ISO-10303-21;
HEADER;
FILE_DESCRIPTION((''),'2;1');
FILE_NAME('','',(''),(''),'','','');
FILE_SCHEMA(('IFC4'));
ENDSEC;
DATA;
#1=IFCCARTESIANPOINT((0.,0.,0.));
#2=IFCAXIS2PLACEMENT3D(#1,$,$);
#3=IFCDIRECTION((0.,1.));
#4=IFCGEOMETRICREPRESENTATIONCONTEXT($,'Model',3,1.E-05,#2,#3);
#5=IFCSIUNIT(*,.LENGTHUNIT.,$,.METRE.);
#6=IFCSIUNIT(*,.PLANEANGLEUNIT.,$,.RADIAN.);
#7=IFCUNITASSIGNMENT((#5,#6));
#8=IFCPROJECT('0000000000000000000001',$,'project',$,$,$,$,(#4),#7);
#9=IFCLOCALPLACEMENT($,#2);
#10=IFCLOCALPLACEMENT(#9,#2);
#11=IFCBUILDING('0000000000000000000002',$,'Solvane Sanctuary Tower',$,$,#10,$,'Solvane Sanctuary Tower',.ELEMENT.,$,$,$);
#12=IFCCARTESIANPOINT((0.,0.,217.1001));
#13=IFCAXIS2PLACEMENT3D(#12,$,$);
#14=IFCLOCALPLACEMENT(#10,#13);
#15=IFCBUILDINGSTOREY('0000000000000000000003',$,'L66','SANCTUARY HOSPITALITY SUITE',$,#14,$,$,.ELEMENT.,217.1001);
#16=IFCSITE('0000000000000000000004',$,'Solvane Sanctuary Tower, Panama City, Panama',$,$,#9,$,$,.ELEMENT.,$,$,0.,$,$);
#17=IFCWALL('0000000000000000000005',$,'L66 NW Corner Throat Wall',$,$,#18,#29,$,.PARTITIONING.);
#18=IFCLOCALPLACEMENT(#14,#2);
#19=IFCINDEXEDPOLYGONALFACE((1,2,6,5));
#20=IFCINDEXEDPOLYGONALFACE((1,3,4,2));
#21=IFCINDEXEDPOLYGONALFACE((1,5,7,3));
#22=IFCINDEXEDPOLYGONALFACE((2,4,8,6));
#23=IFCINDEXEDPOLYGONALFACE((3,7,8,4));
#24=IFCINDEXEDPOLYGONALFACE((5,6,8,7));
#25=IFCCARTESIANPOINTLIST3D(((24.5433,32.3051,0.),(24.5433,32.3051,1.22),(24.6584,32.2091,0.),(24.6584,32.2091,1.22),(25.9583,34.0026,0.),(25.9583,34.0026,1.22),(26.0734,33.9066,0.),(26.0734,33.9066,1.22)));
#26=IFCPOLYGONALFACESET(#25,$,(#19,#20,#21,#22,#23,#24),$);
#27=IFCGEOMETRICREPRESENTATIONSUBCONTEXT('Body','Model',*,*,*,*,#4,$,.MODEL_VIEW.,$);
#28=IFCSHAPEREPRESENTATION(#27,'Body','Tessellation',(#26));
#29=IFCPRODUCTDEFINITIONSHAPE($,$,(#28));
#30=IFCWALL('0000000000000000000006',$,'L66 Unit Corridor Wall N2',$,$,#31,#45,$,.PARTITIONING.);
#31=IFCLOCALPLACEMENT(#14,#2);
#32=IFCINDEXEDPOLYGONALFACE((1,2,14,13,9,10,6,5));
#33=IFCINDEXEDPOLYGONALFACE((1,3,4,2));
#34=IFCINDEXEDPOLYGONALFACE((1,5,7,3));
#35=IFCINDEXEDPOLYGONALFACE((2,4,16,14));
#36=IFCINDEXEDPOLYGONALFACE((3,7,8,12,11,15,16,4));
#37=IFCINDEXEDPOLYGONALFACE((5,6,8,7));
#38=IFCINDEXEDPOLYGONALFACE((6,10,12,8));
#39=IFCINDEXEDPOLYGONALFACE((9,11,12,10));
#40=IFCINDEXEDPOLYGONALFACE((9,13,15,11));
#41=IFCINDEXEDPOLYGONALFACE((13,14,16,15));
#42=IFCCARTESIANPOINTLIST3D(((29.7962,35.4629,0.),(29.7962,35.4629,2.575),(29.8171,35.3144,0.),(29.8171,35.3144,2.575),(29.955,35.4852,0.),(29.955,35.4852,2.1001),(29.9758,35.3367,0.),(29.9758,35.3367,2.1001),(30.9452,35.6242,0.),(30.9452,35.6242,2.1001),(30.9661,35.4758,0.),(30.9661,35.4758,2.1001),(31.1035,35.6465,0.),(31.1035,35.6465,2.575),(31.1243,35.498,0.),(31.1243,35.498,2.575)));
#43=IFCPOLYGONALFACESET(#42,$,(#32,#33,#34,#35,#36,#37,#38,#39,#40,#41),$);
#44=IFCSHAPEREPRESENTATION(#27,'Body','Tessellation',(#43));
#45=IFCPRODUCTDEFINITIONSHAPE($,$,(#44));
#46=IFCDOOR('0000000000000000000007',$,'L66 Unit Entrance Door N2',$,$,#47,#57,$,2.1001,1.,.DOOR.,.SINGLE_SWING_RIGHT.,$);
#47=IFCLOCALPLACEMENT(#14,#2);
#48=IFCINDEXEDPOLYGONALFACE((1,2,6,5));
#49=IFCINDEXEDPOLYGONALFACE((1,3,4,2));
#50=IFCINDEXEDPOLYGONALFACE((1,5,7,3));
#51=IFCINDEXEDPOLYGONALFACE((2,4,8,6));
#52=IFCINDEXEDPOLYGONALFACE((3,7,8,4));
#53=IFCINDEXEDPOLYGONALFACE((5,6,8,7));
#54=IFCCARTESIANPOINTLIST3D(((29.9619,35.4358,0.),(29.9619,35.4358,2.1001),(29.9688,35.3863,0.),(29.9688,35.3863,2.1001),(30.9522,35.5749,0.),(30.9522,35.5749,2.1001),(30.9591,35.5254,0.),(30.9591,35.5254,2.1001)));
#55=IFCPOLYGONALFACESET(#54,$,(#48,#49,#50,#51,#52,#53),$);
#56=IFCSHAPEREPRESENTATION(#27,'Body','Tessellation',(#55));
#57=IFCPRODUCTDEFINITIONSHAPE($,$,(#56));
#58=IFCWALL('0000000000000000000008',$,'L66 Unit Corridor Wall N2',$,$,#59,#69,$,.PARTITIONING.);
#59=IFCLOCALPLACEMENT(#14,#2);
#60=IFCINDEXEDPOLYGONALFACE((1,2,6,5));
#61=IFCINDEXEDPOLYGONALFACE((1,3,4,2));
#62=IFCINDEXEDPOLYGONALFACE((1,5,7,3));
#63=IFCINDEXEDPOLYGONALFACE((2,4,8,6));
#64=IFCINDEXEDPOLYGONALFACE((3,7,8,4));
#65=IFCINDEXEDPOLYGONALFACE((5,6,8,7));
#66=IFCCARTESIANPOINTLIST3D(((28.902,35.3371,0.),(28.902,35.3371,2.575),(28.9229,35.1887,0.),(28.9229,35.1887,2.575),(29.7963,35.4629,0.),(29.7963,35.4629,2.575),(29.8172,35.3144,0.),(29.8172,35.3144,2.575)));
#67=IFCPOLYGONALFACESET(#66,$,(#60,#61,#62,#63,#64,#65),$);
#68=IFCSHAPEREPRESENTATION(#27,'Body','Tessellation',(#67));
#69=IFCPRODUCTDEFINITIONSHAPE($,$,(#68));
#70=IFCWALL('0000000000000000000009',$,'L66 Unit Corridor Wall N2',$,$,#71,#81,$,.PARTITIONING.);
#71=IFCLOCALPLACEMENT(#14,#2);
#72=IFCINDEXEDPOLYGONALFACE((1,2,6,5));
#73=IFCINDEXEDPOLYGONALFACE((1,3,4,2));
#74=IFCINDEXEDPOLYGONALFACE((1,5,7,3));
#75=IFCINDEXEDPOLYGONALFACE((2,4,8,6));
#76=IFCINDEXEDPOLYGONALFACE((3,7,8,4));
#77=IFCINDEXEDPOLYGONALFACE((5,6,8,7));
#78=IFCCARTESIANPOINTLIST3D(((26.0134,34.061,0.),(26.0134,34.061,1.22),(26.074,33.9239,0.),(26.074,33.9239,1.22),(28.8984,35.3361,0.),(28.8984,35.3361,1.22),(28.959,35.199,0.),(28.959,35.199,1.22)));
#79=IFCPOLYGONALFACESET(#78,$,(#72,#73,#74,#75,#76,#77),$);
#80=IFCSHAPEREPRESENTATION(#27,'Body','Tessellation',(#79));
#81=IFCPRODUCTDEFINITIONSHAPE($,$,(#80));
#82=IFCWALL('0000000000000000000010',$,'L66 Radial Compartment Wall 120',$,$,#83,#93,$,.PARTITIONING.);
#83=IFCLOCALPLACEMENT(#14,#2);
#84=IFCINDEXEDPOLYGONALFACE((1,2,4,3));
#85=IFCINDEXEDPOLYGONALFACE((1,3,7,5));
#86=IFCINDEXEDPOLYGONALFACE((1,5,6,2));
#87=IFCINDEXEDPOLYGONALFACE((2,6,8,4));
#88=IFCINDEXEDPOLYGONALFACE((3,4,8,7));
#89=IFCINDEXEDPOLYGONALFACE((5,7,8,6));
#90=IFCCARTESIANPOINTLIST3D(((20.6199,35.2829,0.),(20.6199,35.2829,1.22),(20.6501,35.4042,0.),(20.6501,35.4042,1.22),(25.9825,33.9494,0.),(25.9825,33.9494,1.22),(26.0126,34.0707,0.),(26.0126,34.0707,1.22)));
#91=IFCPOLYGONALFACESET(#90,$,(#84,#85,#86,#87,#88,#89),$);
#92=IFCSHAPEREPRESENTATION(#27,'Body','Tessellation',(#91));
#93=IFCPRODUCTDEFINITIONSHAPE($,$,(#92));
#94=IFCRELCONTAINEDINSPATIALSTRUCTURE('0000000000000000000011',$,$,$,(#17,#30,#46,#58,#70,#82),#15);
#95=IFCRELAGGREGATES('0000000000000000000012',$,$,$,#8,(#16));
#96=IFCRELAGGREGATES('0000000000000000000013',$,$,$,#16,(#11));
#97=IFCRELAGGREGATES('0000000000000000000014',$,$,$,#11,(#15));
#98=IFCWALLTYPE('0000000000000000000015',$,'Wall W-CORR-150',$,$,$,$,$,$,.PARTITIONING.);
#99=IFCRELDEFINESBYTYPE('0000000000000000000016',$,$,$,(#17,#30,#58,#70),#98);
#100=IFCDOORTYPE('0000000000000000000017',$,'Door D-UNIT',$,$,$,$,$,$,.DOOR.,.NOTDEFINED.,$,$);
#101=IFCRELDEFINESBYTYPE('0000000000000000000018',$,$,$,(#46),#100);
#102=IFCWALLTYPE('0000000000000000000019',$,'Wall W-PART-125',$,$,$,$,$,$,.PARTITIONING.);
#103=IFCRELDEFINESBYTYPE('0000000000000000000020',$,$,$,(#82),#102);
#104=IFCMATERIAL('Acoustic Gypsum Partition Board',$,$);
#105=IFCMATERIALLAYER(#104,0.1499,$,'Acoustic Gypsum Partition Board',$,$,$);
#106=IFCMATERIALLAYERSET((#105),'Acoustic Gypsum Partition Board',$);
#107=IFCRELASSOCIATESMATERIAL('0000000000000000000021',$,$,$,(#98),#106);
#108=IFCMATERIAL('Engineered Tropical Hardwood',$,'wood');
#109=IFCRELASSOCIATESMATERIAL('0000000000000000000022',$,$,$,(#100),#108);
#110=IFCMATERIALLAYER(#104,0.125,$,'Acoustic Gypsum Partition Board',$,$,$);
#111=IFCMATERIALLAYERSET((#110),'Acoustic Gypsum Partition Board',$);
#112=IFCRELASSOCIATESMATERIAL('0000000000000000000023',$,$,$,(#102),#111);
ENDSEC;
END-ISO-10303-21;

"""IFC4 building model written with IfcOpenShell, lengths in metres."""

from ifc_helpers import new_model, si_unit, direction, frame, frame_2d, origin, place, context, subcontext, project, spatial, rectangle, extrude, material, layer, layer_set, type_object, element, fill, save


model = new_model("IFC4")

# Units and contexts
model_context = context("Model", 3, precision=1e-05, world=origin(), true_north=direction((0.0, 1.0)))
body_context = subcontext(model_context, "Body", "Model", "MODEL_VIEW")
ifc_project = project(units=[si_unit("LENGTHUNIT", "METRE"), si_unit("PLANEANGLEUNIT", "RADIAN")], contexts=[model_context])

# Site, building, storey
site_placement = place(None, origin())
site = spatial("IfcSite", under=ifc_project, at=site_placement, Name="Solvane Sanctuary Tower, Panama City, Panama", CompositionType="ELEMENT", RefElevation=0.0)
building_placement = place(site_placement, origin())
building = spatial("IfcBuilding", under=site, at=building_placement, Name="Solvane Sanctuary Tower", LongName="Solvane Sanctuary Tower", CompositionType="ELEMENT")
storey_placement = place(building_placement, frame((0.0, 0.0, 217.1001)))
storey = spatial("IfcBuildingStorey", under=building, at=storey_placement, Name="L66", Description="SANCTUARY HOSPITALITY SUITE", CompositionType="ELEMENT", Elevation=217.1001)

# Shared definitions
ifc_material_1 = material(Name="Acoustic Gypsum Partition Board")
ifc_layer_1 = layer(ifc_material_1, 0.1499, Name="Acoustic Gypsum Partition Board")
ifc_layer_set_1 = layer_set([ifc_layer_1], Name="Acoustic Gypsum Partition Board")
wall_type_1 = type_object("IfcWallType", Name="Wall W-CORR-150", PredefinedType="PARTITIONING", material=ifc_layer_set_1)

# Shared definitions
ifc_material_2 = material(Name="Engineered Tropical Hardwood", Category="wood")

# Wall
wall_1_placement = place(storey_placement, frame((26.0159, 33.9546, 0.0), z_axis=(0.0, 0.0, 1.0), x_axis=(-0.640304, -0.768122, 0.0)))
element("IfcWall", 1, at=wall_1_placement, inside=storey, type_object=wall_type_1, Name="L66 NW Corner Throat Wall", PredefinedType="PARTITIONING", context=body_context, shape_type="SweptSolid", body=[
    extrude(rectangle(XDim=2.21, YDim=0.1499, at=frame_2d((1.105, 0.0))), origin(), (0.0, 0.0, 1.0), 1.22),
])

# Wall, opening, door
wall_2_placement = place(storey_placement, frame((31.114, 35.5723, 0.0), z_axis=(0.0, 0.0, 1.0), x_axis=(-0.99028, -0.13909, 0.0)))
wall_2 = element("IfcWall", 2, at=wall_2_placement, inside=storey, type_object=wall_type_1, Name="L66 Unit Corridor Wall N2", PredefinedType="PARTITIONING", context=body_context, shape_type="SweptSolid", body=[
    extrude(rectangle(XDim=1.3201, YDim=0.1499, at=frame_2d((0.6602, 0.0))), origin(), (0.0, 0.0, 1.0), 2.575),
])
opening_1_placement = place(wall_2_placement, frame((0.1599, 0.0, 0.0)))
opening_1 = element("IfcOpeningElement", 3, at=opening_1_placement, cuts=wall_2, PredefinedType="OPENING", context=body_context, shape_type="SweptSolid", body=[
    extrude(rectangle(XDim=1.0, YDim=2.1001, at=frame_2d((0.5, 1.05))), frame((0.0, 0.085, 0.0), z_axis=(0.0, -1.0, 0.0), x_axis=(1.0, 0.0, 0.0)), (0.0, 0.0, 1.0), 0.1699),
])
door_type_1 = type_object("IfcDoorType", Name="Door D-UNIT", OperationType="NOTDEFINED", PredefinedType="DOOR", material=ifc_material_2)
door_1_placement = place(opening_1_placement, origin())
door_1 = element("IfcDoor", 4, at=door_1_placement, inside=storey, type_object=door_type_1, Name="L66 Unit Entrance Door N2", OperationType="SINGLE_SWING_RIGHT", OverallHeight=2.1001, OverallWidth=1.0, PredefinedType="DOOR", context=body_context, shape_type="SweptSolid", body=[
    extrude(rectangle(XDim=1.0, YDim=2.1001, at=frame_2d((0.5, 1.05))), frame((0.0, 0.0249, 0.0), z_axis=(0.0, -1.0, 0.0), x_axis=(1.0, 0.0, 0.0)), (0.0, 0.0, 1.0), 0.05),
])
fill(opening_1, door_1)

# Walls
wall_3_placement = place(storey_placement, frame((29.8069, 35.3887, 0.0), z_axis=(0.0, 0.0, 1.0), x_axis=(-0.990261, -0.139226, 0.0)))
element("IfcWall", 5, at=wall_3_placement, inside=storey, type_object=wall_type_1, Name="L66 Unit Corridor Wall N2", PredefinedType="PARTITIONING", context=body_context, shape_type="SweptSolid", body=[
    extrude(rectangle(XDim=0.9031, YDim=0.1499, at=frame_2d((0.4517, 0.0))), origin(), (0.0, 0.0, 1.0), 2.575),
])
wall_4_placement = place(storey_placement, frame((28.9287, 35.2676, 0.0), z_axis=(0.0, 0.0, 1.0), x_axis=(-0.914643, -0.404263, 0.0)))
element("IfcWall", 6, at=wall_4_placement, inside=storey, type_object=wall_type_1, Name="L66 Unit Corridor Wall N2", PredefinedType="PARTITIONING", context=body_context, shape_type="SweptSolid", body=[
    extrude(rectangle(XDim=3.1543, YDim=0.1499, at=frame_2d((1.5771, 0.0))), origin(), (0.0, 0.0, 1.0), 1.22),
])
ifc_layer_2 = layer(ifc_material_1, 0.125, Name="Acoustic Gypsum Partition Board")
ifc_layer_set_2 = layer_set([ifc_layer_2], Name="Acoustic Gypsum Partition Board")
wall_type_2 = type_object("IfcWallType", Name="Wall W-PART-125", PredefinedType="PARTITIONING", material=ifc_layer_set_2)
wall_5_placement = place(storey_placement, frame((25.9976, 34.01, 0.0), z_axis=(0.0, 0.0, 1.0), x_axis=(-0.970446, 0.241319, 0.0)))
element("IfcWall", 7, at=wall_5_placement, inside=storey, type_object=wall_type_2, Name="L66 Radial Compartment Wall 120", PredefinedType="PARTITIONING", context=body_context, shape_type="SweptSolid", body=[
    extrude(rectangle(XDim=5.5259, YDim=0.125, at=frame_2d((2.7629, 0.0))), origin(), (0.0, 0.0, 1.0), 1.22),
])

save(model, "model.ifc")
